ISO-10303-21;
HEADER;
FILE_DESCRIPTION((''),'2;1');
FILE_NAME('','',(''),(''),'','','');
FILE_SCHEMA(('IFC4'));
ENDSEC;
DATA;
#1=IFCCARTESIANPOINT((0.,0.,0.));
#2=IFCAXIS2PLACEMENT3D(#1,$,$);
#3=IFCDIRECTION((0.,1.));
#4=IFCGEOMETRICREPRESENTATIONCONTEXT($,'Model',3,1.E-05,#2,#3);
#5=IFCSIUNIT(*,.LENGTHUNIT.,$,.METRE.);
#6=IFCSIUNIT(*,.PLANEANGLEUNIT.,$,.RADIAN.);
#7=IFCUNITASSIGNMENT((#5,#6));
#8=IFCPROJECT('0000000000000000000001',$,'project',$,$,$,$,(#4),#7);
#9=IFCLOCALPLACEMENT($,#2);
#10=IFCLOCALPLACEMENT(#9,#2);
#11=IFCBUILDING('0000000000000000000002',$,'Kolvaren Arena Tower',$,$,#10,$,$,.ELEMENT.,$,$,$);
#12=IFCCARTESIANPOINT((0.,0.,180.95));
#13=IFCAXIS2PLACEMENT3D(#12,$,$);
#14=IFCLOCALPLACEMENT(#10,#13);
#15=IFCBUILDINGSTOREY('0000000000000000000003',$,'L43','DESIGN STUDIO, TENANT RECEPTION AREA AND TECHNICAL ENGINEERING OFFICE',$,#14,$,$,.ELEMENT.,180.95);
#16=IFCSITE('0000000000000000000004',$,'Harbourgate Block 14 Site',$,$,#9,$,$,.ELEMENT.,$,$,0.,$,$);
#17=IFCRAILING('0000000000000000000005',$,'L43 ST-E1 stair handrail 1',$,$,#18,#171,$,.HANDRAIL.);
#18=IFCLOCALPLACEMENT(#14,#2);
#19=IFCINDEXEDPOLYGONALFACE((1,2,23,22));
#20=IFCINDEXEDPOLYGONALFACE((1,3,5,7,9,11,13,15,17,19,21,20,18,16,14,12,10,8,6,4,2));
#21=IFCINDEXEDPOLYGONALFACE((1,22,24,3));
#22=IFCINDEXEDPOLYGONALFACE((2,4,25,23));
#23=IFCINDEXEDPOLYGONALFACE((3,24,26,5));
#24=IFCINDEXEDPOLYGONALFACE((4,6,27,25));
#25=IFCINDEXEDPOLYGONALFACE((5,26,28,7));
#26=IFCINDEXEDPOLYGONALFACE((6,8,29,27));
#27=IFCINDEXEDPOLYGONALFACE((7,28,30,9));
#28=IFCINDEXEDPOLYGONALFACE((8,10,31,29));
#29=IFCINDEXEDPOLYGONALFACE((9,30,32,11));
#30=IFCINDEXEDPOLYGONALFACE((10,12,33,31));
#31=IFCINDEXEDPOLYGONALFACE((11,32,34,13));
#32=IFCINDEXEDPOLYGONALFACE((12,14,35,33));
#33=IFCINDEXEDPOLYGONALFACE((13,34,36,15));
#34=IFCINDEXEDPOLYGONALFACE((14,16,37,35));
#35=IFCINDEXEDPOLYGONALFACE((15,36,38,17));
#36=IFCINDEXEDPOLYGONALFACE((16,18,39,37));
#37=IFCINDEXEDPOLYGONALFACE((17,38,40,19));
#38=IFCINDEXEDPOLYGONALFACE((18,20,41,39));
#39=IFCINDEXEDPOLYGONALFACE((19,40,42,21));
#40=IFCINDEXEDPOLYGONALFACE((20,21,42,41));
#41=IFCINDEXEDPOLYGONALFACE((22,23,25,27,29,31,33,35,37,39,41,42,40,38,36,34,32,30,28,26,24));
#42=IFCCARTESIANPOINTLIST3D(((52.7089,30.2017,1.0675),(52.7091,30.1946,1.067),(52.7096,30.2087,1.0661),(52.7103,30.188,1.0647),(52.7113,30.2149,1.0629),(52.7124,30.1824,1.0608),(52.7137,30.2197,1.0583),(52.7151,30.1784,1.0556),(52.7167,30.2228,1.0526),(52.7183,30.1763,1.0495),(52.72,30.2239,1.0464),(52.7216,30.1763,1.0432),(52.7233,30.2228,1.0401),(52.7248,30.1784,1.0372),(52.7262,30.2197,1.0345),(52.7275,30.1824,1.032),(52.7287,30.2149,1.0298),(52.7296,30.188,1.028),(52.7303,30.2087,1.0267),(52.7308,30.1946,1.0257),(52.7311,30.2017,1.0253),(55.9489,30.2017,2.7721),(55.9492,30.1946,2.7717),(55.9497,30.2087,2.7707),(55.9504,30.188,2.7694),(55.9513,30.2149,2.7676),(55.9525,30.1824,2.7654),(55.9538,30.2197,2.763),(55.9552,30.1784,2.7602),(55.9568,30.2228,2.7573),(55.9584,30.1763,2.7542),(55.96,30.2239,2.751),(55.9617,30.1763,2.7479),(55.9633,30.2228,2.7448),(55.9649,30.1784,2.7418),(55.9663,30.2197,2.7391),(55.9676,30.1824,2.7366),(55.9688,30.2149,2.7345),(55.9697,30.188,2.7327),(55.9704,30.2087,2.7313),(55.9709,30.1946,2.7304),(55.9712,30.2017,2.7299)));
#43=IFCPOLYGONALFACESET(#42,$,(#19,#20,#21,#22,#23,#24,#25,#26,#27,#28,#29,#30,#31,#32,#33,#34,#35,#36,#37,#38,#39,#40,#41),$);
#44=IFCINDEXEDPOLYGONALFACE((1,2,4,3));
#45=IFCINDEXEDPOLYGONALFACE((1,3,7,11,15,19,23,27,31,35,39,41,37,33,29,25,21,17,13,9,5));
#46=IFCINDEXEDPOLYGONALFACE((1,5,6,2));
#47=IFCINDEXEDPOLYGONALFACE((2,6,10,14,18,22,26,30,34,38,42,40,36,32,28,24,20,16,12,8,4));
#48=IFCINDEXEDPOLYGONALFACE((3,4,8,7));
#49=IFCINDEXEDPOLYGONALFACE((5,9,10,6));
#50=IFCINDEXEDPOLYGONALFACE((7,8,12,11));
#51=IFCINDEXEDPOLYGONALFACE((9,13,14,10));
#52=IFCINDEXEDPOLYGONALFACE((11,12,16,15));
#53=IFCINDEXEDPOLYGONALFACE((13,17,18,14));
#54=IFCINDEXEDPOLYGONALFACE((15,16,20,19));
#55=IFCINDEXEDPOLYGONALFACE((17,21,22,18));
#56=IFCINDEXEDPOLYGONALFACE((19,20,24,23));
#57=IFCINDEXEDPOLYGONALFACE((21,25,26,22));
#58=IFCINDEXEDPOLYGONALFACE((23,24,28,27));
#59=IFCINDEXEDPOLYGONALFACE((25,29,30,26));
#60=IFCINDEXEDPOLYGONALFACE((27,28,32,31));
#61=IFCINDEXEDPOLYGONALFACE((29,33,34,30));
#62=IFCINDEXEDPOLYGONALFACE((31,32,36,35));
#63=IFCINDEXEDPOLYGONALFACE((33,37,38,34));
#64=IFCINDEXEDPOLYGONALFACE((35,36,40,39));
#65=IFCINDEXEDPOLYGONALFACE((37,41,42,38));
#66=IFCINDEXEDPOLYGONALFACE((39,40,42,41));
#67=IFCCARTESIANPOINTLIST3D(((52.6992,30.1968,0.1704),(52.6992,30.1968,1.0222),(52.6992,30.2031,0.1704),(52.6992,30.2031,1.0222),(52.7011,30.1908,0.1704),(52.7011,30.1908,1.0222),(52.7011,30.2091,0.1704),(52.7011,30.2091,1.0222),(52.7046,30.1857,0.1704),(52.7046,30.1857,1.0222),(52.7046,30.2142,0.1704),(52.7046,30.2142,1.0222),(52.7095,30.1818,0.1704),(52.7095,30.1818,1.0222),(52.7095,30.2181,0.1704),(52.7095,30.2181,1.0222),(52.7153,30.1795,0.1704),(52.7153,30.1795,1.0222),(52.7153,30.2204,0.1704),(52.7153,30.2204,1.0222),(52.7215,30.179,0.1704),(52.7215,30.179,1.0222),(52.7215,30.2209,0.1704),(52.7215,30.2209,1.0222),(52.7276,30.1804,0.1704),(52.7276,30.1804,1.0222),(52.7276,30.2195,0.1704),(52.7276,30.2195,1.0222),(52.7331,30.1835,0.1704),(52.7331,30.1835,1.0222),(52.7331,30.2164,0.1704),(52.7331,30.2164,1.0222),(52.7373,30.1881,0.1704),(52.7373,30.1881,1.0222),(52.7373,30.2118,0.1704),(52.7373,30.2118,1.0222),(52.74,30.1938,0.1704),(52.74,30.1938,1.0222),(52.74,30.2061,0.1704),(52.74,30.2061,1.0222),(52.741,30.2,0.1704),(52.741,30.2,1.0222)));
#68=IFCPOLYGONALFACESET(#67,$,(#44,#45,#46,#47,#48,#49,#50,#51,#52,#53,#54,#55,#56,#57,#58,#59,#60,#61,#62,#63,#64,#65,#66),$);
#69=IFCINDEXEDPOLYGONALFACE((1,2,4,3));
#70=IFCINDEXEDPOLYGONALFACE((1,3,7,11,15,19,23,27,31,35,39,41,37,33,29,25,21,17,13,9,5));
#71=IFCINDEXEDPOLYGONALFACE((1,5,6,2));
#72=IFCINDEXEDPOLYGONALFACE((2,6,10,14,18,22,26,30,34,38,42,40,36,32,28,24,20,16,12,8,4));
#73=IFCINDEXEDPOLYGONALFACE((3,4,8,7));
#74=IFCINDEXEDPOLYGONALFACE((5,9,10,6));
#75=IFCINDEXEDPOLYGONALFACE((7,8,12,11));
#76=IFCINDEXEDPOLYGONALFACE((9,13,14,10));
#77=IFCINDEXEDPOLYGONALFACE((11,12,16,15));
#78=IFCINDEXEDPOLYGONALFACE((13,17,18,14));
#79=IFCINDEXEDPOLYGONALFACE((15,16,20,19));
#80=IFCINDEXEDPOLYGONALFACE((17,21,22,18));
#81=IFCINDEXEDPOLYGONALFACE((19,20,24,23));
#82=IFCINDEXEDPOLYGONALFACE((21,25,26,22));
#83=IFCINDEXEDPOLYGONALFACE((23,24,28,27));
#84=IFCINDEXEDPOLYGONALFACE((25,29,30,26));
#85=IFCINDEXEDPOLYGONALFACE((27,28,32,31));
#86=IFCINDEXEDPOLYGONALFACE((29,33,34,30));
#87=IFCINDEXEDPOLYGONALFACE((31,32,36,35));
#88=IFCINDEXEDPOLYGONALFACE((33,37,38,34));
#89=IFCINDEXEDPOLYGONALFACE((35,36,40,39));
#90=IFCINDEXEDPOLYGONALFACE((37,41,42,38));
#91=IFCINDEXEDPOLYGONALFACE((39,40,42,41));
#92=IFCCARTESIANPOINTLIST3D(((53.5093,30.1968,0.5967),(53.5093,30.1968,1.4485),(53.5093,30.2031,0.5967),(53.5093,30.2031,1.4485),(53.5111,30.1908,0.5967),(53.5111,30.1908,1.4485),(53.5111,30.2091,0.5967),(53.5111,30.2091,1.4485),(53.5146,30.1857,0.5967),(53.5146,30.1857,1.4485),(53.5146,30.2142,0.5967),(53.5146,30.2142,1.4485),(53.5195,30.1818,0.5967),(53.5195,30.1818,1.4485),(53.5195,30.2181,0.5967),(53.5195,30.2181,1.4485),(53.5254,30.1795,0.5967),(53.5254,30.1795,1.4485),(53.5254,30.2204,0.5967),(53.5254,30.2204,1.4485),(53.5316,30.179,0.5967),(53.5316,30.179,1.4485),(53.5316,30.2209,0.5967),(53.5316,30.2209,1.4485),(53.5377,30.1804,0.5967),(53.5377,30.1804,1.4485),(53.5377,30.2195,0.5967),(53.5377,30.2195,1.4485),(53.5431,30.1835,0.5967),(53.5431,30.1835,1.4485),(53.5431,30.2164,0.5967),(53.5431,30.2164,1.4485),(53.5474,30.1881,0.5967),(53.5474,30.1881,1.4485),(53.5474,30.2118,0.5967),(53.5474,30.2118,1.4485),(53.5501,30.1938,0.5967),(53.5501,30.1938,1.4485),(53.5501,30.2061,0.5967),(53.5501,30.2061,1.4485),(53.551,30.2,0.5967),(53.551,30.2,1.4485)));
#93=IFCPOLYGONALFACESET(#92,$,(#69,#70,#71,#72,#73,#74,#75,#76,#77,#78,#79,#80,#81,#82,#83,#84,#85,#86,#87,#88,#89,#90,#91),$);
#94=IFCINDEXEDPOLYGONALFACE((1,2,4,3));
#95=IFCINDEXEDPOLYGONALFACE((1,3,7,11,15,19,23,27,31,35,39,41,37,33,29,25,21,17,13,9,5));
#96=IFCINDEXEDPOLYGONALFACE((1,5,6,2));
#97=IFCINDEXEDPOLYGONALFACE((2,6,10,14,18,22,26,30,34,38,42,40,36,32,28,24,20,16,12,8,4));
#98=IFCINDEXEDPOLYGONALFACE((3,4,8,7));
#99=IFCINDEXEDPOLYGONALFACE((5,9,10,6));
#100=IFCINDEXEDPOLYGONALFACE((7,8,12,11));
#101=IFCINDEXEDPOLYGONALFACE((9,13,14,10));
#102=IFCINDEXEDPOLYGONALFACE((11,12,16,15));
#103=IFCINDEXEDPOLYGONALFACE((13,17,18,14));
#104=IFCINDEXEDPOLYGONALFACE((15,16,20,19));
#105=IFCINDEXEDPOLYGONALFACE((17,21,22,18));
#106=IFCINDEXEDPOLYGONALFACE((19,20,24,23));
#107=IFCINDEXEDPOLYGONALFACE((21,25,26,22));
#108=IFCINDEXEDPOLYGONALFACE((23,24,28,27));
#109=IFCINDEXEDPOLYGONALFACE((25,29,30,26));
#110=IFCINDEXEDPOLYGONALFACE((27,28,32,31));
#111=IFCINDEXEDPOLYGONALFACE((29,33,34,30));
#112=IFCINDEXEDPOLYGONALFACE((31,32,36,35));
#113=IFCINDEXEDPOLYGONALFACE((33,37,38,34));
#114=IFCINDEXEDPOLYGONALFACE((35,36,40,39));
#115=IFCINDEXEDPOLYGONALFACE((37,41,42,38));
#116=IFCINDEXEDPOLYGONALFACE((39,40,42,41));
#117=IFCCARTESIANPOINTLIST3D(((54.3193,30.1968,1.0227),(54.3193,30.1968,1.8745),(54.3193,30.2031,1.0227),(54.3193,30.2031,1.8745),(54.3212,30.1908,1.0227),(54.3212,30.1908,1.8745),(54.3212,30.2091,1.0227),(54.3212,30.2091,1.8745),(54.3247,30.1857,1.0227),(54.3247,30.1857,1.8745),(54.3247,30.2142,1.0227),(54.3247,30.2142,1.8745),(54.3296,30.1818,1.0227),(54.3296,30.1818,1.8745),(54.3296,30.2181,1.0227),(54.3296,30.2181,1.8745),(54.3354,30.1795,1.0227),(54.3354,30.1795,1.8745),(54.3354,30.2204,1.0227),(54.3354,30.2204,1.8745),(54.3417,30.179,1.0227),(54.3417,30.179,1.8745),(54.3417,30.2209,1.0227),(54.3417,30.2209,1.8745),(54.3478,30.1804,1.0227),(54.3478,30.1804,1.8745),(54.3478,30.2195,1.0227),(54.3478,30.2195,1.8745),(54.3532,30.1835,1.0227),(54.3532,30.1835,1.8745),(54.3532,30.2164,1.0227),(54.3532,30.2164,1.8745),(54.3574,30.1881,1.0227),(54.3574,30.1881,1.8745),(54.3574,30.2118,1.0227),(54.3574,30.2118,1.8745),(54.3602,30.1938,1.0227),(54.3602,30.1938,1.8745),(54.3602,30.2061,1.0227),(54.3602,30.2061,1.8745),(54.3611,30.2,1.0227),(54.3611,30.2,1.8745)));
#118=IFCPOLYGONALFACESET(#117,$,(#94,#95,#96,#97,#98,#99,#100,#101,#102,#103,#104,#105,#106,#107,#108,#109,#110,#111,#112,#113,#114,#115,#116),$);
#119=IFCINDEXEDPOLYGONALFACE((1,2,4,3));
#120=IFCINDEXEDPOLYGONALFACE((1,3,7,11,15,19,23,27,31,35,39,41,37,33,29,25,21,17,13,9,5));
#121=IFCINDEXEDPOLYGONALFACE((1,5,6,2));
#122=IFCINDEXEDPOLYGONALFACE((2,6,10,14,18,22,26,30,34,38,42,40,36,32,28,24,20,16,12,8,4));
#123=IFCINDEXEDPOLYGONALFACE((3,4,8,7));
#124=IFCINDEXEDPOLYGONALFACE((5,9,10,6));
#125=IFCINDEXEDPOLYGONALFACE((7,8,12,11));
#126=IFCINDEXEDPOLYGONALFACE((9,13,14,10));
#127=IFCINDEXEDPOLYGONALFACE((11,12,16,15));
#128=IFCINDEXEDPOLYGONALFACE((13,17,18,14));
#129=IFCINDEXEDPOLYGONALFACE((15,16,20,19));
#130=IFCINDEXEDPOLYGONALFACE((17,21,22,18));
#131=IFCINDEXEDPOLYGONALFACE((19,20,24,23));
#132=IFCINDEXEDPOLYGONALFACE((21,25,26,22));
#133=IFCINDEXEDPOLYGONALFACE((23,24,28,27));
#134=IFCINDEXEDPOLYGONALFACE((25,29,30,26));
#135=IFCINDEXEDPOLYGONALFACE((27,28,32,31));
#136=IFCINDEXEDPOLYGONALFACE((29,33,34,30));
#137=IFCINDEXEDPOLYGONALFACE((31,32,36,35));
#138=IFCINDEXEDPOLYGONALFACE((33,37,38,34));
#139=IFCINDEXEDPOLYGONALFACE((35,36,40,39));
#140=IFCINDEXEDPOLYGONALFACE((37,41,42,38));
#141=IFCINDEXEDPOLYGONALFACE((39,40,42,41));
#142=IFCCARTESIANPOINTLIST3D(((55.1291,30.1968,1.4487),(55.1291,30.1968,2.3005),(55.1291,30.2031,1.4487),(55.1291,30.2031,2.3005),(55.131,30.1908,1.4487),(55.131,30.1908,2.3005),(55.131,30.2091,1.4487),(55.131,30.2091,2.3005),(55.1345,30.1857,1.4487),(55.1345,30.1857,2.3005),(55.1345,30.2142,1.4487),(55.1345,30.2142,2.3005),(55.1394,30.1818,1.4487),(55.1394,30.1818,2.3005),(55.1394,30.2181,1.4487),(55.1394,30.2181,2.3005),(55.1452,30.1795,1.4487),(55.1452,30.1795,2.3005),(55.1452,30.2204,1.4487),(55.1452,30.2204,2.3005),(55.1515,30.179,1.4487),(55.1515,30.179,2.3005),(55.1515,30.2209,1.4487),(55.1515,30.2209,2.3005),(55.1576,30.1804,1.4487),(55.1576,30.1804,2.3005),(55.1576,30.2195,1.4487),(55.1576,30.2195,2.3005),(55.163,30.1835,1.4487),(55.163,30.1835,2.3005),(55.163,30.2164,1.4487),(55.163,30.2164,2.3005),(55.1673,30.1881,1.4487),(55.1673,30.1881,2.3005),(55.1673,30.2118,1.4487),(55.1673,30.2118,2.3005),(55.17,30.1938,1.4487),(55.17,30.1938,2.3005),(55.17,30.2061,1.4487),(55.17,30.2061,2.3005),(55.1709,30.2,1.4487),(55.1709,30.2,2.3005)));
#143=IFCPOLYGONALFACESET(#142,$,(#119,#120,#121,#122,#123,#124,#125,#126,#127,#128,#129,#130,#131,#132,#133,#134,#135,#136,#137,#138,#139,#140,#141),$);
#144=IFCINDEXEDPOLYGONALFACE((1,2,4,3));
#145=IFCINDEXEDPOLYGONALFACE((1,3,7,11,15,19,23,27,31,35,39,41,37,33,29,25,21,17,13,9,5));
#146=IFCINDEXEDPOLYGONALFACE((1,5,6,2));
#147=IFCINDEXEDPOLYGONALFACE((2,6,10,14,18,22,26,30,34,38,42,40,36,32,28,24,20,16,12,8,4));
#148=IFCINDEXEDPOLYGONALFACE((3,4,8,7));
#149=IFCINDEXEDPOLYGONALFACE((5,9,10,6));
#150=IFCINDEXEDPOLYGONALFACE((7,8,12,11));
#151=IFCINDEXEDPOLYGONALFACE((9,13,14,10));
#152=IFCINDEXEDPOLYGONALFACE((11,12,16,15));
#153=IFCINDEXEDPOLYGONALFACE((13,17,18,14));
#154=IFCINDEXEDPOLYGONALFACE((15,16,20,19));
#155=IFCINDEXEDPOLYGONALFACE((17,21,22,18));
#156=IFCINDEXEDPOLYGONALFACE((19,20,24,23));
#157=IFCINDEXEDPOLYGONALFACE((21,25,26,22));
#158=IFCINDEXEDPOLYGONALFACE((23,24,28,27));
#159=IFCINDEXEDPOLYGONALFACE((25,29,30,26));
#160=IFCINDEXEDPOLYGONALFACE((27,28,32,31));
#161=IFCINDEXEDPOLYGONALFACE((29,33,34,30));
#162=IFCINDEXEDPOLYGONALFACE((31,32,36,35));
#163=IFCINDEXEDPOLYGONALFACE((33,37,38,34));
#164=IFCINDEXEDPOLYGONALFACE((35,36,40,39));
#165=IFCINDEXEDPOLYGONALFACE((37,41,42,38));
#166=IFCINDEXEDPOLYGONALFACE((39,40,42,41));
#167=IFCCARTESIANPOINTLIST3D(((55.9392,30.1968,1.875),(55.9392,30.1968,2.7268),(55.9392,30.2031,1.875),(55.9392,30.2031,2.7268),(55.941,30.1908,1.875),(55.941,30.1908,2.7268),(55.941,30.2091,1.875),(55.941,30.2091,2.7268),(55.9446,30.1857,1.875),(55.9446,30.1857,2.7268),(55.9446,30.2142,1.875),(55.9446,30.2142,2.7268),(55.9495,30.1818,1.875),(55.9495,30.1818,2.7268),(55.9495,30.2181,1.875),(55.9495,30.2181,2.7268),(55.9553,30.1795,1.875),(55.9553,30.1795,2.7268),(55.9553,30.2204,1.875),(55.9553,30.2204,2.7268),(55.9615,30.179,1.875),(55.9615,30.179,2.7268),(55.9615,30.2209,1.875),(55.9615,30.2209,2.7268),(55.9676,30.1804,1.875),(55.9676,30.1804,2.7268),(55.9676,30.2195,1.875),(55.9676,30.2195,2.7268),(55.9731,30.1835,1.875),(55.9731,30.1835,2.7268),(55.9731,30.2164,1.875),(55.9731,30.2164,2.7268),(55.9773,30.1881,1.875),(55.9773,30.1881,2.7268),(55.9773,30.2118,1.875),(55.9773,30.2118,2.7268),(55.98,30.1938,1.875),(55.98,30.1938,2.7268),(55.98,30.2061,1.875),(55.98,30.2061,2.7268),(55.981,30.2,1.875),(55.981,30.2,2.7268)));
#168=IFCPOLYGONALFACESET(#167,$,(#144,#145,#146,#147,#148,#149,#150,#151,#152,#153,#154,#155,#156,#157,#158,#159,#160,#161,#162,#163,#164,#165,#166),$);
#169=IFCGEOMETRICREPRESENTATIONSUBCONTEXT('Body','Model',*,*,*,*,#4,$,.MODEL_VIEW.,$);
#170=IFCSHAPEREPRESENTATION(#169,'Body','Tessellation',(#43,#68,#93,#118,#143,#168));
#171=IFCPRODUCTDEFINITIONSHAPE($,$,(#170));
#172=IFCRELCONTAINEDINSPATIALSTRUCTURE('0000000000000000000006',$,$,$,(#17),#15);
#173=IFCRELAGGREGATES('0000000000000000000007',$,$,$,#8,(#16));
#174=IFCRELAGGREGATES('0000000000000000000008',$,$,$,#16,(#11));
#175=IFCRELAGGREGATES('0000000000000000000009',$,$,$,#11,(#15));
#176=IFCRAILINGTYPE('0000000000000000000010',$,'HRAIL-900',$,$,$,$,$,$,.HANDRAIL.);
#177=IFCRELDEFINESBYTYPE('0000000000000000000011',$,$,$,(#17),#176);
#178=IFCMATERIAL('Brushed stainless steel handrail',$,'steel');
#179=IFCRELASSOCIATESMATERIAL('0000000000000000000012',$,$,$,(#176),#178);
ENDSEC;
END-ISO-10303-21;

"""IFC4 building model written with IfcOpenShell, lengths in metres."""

from ifc_helpers import new_model, si_unit, direction, frame, origin, origin_2d, place, context, subcontext, project, spatial, circle, extrude, material, type_object, element, save


model = new_model("IFC4")

# Units and contexts
model_context = context("Model", 3, precision=1e-05, world=origin(), true_north=direction((0.0, 1.0)))
body_context = subcontext(model_context, "Body", "Model", "MODEL_VIEW")
ifc_project = project(units=[si_unit("LENGTHUNIT", "METRE"), si_unit("PLANEANGLEUNIT", "RADIAN")], contexts=[model_context])

# Site, building, storey
site_placement = place(None, origin())
site = spatial("IfcSite", under=ifc_project, at=site_placement, Name="Harbourgate Block 14 Site", CompositionType="ELEMENT", RefElevation=0.0)
building_placement = place(site_placement, origin())
building = spatial("IfcBuilding", under=site, at=building_placement, Name="Kolvaren Arena Tower", CompositionType="ELEMENT")
storey_placement = place(building_placement, frame((0.0, 0.0, 180.95)))
storey = spatial("IfcBuildingStorey", under=building, at=storey_placement, Name="L43", Description="DESIGN STUDIO, TENANT RECEPTION AREA AND TECHNICAL ENGINEERING OFFICE", CompositionType="ELEMENT", Elevation=180.95)

# Railing
ifc_material_1 = material(Name="Brushed stainless steel handrail", Category="steel")
railing_type_1 = type_object("IfcRailingType", Name="HRAIL-900", PredefinedType="HANDRAIL", material=ifc_material_1)
railing_1_placement = place(storey_placement, frame((52.72, 30.2, 0.1704)))
element("IfcRailing", 1, at=railing_1_placement, inside=storey, type_object=railing_type_1, Name="L43 ST-E1 stair handrail 1", PredefinedType="HANDRAIL", context=body_context, shape_type="SweptSolid", body=[
    extrude(circle(Radius=0.0239, at=origin_2d()), frame((0.0, 0.0, 0.876), z_axis=(0.884993, 0.0, 0.465604), x_axis=(0.0, 1.0, 0.0)), (0.0, 0.0, 1.0), 3.6611),
    extrude(circle(Radius=0.021, at=origin_2d()), origin(), (0.0, 0.0, 1.0), 0.8518),
    extrude(circle(Radius=0.021, at=origin_2d()), frame((0.8101, 0.0, 0.4263)), (0.0, 0.0, 1.0), 0.8518),
    extrude(circle(Radius=0.021, at=origin_2d()), frame((1.6201, 0.0, 0.8523)), (0.0, 0.0, 1.0), 0.8518),
    extrude(circle(Radius=0.021, at=origin_2d()), frame((2.4299, 0.0, 1.2783)), (0.0, 0.0, 1.0), 0.8518),
    extrude(circle(Radius=0.021, at=origin_2d()), frame((3.24, 0.0, 1.7046)), (0.0, 0.0, 1.0), 0.8518),
])

save(model, "model.ifc")
